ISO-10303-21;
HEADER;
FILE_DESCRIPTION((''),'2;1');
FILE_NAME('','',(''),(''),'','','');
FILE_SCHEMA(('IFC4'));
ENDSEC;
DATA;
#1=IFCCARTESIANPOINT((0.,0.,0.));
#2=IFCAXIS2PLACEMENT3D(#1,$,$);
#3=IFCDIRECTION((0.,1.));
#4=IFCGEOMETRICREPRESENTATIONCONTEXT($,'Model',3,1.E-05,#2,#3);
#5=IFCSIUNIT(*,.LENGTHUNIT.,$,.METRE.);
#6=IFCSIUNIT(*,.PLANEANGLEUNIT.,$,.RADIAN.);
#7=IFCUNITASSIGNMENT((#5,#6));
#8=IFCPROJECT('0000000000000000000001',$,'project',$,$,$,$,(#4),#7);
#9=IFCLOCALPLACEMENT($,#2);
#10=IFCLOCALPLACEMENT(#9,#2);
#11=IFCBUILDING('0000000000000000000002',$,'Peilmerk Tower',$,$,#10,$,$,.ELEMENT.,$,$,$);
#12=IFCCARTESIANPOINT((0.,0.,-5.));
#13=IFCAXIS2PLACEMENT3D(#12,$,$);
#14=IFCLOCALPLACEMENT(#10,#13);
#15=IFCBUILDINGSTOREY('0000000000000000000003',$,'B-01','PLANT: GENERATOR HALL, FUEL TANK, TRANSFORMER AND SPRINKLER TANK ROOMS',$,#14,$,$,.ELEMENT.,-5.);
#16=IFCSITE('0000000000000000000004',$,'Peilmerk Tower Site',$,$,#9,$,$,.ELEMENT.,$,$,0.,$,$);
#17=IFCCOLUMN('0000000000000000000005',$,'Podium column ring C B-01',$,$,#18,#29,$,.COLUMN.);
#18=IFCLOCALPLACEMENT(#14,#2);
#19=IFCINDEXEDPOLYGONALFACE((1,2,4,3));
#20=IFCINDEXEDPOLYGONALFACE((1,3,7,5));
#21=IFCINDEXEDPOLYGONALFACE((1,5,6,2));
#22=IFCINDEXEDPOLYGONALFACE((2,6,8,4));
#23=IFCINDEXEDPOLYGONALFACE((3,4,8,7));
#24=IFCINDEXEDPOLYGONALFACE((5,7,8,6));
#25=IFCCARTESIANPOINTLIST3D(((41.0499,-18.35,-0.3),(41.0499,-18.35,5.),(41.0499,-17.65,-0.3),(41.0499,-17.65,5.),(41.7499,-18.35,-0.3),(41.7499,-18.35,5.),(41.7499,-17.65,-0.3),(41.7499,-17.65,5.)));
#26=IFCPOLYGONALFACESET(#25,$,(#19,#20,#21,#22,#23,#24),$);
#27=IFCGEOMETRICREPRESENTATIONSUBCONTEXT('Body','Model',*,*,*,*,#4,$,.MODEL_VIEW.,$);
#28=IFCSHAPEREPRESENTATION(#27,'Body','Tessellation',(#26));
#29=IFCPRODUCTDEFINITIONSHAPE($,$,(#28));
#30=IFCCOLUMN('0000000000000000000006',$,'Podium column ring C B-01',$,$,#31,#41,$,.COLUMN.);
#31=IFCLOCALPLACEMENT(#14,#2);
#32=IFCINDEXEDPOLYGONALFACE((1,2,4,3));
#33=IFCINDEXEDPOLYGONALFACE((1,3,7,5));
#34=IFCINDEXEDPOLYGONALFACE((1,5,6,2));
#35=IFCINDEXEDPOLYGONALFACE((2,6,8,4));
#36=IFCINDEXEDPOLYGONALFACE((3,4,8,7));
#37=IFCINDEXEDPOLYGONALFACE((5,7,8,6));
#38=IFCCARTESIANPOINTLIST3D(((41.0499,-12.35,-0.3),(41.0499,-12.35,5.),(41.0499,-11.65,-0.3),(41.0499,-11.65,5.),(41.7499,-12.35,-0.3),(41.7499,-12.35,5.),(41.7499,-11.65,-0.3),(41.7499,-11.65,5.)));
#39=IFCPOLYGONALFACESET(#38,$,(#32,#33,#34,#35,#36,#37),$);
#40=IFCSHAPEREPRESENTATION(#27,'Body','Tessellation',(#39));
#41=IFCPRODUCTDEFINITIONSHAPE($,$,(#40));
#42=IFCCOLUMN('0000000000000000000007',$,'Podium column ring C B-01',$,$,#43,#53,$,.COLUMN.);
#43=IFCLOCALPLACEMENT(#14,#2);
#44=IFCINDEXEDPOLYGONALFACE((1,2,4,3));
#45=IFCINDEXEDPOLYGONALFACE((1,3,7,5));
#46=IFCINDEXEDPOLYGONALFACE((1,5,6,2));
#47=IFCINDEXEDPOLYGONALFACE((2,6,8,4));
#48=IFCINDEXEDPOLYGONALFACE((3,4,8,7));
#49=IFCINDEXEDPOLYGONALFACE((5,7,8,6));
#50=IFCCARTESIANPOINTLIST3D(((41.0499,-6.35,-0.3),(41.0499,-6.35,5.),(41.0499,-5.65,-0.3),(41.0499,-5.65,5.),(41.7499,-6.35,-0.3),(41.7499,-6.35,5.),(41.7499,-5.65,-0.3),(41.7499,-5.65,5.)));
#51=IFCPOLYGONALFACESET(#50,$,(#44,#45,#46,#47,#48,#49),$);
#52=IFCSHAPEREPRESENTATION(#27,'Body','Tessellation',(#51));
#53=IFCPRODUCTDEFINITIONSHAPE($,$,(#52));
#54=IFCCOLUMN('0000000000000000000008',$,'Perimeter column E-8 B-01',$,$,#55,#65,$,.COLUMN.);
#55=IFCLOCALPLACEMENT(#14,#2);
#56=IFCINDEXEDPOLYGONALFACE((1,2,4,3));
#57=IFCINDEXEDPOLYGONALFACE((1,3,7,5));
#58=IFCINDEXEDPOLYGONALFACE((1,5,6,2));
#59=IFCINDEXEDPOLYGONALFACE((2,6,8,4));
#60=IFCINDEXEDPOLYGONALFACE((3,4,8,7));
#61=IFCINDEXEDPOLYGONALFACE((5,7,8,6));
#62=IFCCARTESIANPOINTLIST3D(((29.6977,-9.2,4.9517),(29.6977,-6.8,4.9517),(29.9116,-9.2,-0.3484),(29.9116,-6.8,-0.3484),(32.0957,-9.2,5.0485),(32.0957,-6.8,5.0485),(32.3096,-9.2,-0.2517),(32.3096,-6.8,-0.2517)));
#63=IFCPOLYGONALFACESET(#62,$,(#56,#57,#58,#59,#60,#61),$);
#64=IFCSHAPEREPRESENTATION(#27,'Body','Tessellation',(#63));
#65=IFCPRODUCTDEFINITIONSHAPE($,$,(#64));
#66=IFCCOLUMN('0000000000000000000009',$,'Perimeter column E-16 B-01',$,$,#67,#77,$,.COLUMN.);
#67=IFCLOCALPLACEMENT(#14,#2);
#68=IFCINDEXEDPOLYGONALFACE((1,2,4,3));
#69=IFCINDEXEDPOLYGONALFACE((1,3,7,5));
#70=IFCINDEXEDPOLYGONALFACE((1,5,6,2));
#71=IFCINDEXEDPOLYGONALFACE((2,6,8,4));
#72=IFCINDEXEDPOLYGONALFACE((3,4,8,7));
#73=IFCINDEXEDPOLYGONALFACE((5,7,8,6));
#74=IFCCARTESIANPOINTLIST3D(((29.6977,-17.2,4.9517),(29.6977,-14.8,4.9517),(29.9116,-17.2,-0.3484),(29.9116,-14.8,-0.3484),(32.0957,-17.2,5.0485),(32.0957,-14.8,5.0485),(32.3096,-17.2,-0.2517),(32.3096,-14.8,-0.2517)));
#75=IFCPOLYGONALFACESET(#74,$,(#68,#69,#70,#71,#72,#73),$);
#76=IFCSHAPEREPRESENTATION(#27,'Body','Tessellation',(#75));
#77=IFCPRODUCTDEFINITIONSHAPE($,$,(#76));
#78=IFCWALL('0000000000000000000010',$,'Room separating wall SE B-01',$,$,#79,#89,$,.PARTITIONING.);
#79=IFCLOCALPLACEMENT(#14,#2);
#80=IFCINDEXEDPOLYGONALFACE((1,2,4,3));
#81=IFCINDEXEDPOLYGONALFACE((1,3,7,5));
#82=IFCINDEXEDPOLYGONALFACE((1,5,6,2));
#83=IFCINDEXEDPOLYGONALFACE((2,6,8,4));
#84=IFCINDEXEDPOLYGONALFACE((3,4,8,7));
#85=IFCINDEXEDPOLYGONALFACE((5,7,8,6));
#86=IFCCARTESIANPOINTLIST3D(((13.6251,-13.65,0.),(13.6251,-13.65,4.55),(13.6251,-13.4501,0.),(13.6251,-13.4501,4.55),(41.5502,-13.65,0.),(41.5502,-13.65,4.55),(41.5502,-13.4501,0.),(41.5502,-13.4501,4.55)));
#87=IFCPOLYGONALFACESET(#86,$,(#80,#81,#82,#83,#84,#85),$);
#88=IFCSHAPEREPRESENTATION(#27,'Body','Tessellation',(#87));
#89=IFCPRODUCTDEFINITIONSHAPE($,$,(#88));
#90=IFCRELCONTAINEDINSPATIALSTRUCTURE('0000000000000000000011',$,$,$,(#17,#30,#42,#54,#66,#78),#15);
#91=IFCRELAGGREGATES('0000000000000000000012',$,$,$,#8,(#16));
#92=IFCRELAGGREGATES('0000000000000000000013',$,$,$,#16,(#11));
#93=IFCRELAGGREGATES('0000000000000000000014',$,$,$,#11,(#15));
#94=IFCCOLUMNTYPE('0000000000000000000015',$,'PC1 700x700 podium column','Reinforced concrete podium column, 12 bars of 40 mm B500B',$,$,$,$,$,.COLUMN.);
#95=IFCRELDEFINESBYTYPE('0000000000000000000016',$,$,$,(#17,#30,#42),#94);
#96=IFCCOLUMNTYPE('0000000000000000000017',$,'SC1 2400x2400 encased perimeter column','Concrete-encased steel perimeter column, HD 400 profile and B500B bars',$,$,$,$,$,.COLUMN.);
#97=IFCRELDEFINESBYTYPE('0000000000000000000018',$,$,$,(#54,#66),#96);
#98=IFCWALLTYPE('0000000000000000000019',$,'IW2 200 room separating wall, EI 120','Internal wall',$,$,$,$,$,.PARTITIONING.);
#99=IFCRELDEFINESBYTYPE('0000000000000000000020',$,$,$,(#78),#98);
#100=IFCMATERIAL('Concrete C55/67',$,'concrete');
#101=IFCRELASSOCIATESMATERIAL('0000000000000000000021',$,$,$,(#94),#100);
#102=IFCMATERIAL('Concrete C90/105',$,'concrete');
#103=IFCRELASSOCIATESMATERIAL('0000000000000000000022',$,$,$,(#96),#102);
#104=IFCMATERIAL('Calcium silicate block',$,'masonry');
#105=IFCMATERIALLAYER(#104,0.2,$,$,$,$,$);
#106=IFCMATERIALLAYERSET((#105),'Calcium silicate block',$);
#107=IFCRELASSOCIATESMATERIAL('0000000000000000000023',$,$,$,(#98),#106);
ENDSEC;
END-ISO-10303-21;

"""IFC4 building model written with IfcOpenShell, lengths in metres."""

from ifc_helpers import new_model, si_unit, direction, frame, frame_2d, origin, origin_2d, place, context, subcontext, project, spatial, rectangle, extrude, material, layer, layer_set, material_profile, profile_set, type_object, element, save


model = new_model("IFC4")

# Units and contexts
model_context = context("Model", 3, precision=1e-05, world=origin(), true_north=direction((0.0, 1.0)))
body_context = subcontext(model_context, "Body", "Model", "MODEL_VIEW")
ifc_project = project(units=[si_unit("LENGTHUNIT", "METRE"), si_unit("PLANEANGLEUNIT", "RADIAN")], contexts=[model_context])

# Site, building, storey
site_placement = place(None, origin())
site = spatial("IfcSite", under=ifc_project, at=site_placement, Name="Peilmerk Tower Site", CompositionType="ELEMENT", RefElevation=0.0)
building_placement = place(site_placement, origin())
building = spatial("IfcBuilding", under=site, at=building_placement, Name="Peilmerk Tower", CompositionType="ELEMENT")
storey_placement = place(building_placement, frame((0.0, 0.0, -5.0)))
storey = spatial("IfcBuildingStorey", under=building, at=storey_placement, Name="B-01", Description="PLANT: GENERATOR HALL, FUEL TANK, TRANSFORMER AND SPRINKLER TANK ROOMS", CompositionType="ELEMENT", Elevation=-5.0)

# Columns
ifc_material_1 = material(Name="Concrete C55/67", Category="concrete")
ifc_material_profile_1 = material_profile(ifc_material_1, rectangle(XDim=0.7, YDim=0.7, at=origin_2d()), Name="RC 700x700")
ifc_profile_set_1 = profile_set([ifc_material_profile_1], Name="Concrete C55/67")
column_type_1 = type_object("IfcColumnType", Name="PC1 700x700 podium column", Description="Reinforced concrete podium column, 12 bars of 40 mm B500B", PredefinedType="COLUMN", material=ifc_profile_set_1)
for number, where, z_axis, x_axis, name in (
    (1, (41.3999, -18.0, -0.3), (0.0, 0.0, 1.0), (1.0, 0.0, 0.0), "Podium column ring C B-01"),
    (2, (41.3999, -12.0, -0.3), (0.0, 0.0, 1.0), (1.0, 0.0, 0.0), "Podium column ring C B-01"),
    (3, (41.3999, -6.0, -0.3), (0.0, 0.0, 1.0), (1.0, 0.0, 0.0), "Podium column ring C B-01"),
):
    element("IfcColumn", number, at=place(storey_placement, frame(where, z_axis=z_axis, x_axis=x_axis)), inside=storey, type_object=column_type_1, Name=name, PredefinedType="COLUMN", context=body_context, shape_type="SweptSolid", body=[
        extrude(rectangle(XDim=0.7, YDim=0.7, at=origin_2d()), origin(), (0.0, 0.0, 1.0), 5.3),
    ])
ifc_material_2 = material(Name="Concrete C90/105", Category="concrete")
ifc_material_profile_2 = material_profile(ifc_material_2, rectangle(XDim=2.3999, YDim=2.3999, at=origin_2d()), Name="RC 2400x2400")
ifc_profile_set_2 = profile_set([ifc_material_profile_2], Name="Concrete C90/105")
column_type_2 = type_object("IfcColumnType", Name="SC1 2400x2400 encased perimeter column", Description="Concrete-encased steel perimeter column, HD 400 profile and B500B bars", PredefinedType="COLUMN", material=ifc_profile_set_2)
for number, where, z_axis, x_axis, name in (
    (4, (31.1106, -8.0, -0.3), (-0.040319, 0.0, 0.999187), (0.0, -1.0, 0.0), "Perimeter column E-8 B-01"),
    (5, (31.1106, -16.0, -0.3), (-0.040319, 0.0, 0.999187), (0.0, -1.0, 0.0), "Perimeter column E-16 B-01"),
):
    element("IfcColumn", number, at=place(storey_placement, frame(where, z_axis=z_axis, x_axis=x_axis)), inside=storey, type_object=column_type_2, Name=name, PredefinedType="COLUMN", context=body_context, shape_type="SweptSolid", body=[
        extrude(rectangle(XDim=2.3999, YDim=2.3999, at=origin_2d()), origin(), (0.0, 0.0, 1.0), 5.3044),
    ])

# Wall
ifc_material_3 = material(Name="Calcium silicate block", Category="masonry")
ifc_layer = layer(ifc_material_3, 0.2)
ifc_layer_set = layer_set([ifc_layer], Name="Calcium silicate block")
wall_type = type_object("IfcWallType", Name="IW2 200 room separating wall, EI 120", Description="Internal wall", PredefinedType="PARTITIONING", material=ifc_layer_set)
wall_placement = place(storey_placement, frame((41.55, -13.55, 0.0), z_axis=(0.0, 0.0, 1.0), x_axis=(-1.0, 0.0, 0.0)))
element("IfcWall", 6, at=wall_placement, inside=storey, type_object=wall_type, Name="Room separating wall SE B-01", PredefinedType="PARTITIONING", context=body_context, shape_type="SweptSolid", body=[
    extrude(rectangle(XDim=27.925, YDim=0.2, at=frame_2d((13.9624, 0.0))), origin(), (0.0, 0.0, 1.0), 4.55),
])

save(model, "model.ifc")
